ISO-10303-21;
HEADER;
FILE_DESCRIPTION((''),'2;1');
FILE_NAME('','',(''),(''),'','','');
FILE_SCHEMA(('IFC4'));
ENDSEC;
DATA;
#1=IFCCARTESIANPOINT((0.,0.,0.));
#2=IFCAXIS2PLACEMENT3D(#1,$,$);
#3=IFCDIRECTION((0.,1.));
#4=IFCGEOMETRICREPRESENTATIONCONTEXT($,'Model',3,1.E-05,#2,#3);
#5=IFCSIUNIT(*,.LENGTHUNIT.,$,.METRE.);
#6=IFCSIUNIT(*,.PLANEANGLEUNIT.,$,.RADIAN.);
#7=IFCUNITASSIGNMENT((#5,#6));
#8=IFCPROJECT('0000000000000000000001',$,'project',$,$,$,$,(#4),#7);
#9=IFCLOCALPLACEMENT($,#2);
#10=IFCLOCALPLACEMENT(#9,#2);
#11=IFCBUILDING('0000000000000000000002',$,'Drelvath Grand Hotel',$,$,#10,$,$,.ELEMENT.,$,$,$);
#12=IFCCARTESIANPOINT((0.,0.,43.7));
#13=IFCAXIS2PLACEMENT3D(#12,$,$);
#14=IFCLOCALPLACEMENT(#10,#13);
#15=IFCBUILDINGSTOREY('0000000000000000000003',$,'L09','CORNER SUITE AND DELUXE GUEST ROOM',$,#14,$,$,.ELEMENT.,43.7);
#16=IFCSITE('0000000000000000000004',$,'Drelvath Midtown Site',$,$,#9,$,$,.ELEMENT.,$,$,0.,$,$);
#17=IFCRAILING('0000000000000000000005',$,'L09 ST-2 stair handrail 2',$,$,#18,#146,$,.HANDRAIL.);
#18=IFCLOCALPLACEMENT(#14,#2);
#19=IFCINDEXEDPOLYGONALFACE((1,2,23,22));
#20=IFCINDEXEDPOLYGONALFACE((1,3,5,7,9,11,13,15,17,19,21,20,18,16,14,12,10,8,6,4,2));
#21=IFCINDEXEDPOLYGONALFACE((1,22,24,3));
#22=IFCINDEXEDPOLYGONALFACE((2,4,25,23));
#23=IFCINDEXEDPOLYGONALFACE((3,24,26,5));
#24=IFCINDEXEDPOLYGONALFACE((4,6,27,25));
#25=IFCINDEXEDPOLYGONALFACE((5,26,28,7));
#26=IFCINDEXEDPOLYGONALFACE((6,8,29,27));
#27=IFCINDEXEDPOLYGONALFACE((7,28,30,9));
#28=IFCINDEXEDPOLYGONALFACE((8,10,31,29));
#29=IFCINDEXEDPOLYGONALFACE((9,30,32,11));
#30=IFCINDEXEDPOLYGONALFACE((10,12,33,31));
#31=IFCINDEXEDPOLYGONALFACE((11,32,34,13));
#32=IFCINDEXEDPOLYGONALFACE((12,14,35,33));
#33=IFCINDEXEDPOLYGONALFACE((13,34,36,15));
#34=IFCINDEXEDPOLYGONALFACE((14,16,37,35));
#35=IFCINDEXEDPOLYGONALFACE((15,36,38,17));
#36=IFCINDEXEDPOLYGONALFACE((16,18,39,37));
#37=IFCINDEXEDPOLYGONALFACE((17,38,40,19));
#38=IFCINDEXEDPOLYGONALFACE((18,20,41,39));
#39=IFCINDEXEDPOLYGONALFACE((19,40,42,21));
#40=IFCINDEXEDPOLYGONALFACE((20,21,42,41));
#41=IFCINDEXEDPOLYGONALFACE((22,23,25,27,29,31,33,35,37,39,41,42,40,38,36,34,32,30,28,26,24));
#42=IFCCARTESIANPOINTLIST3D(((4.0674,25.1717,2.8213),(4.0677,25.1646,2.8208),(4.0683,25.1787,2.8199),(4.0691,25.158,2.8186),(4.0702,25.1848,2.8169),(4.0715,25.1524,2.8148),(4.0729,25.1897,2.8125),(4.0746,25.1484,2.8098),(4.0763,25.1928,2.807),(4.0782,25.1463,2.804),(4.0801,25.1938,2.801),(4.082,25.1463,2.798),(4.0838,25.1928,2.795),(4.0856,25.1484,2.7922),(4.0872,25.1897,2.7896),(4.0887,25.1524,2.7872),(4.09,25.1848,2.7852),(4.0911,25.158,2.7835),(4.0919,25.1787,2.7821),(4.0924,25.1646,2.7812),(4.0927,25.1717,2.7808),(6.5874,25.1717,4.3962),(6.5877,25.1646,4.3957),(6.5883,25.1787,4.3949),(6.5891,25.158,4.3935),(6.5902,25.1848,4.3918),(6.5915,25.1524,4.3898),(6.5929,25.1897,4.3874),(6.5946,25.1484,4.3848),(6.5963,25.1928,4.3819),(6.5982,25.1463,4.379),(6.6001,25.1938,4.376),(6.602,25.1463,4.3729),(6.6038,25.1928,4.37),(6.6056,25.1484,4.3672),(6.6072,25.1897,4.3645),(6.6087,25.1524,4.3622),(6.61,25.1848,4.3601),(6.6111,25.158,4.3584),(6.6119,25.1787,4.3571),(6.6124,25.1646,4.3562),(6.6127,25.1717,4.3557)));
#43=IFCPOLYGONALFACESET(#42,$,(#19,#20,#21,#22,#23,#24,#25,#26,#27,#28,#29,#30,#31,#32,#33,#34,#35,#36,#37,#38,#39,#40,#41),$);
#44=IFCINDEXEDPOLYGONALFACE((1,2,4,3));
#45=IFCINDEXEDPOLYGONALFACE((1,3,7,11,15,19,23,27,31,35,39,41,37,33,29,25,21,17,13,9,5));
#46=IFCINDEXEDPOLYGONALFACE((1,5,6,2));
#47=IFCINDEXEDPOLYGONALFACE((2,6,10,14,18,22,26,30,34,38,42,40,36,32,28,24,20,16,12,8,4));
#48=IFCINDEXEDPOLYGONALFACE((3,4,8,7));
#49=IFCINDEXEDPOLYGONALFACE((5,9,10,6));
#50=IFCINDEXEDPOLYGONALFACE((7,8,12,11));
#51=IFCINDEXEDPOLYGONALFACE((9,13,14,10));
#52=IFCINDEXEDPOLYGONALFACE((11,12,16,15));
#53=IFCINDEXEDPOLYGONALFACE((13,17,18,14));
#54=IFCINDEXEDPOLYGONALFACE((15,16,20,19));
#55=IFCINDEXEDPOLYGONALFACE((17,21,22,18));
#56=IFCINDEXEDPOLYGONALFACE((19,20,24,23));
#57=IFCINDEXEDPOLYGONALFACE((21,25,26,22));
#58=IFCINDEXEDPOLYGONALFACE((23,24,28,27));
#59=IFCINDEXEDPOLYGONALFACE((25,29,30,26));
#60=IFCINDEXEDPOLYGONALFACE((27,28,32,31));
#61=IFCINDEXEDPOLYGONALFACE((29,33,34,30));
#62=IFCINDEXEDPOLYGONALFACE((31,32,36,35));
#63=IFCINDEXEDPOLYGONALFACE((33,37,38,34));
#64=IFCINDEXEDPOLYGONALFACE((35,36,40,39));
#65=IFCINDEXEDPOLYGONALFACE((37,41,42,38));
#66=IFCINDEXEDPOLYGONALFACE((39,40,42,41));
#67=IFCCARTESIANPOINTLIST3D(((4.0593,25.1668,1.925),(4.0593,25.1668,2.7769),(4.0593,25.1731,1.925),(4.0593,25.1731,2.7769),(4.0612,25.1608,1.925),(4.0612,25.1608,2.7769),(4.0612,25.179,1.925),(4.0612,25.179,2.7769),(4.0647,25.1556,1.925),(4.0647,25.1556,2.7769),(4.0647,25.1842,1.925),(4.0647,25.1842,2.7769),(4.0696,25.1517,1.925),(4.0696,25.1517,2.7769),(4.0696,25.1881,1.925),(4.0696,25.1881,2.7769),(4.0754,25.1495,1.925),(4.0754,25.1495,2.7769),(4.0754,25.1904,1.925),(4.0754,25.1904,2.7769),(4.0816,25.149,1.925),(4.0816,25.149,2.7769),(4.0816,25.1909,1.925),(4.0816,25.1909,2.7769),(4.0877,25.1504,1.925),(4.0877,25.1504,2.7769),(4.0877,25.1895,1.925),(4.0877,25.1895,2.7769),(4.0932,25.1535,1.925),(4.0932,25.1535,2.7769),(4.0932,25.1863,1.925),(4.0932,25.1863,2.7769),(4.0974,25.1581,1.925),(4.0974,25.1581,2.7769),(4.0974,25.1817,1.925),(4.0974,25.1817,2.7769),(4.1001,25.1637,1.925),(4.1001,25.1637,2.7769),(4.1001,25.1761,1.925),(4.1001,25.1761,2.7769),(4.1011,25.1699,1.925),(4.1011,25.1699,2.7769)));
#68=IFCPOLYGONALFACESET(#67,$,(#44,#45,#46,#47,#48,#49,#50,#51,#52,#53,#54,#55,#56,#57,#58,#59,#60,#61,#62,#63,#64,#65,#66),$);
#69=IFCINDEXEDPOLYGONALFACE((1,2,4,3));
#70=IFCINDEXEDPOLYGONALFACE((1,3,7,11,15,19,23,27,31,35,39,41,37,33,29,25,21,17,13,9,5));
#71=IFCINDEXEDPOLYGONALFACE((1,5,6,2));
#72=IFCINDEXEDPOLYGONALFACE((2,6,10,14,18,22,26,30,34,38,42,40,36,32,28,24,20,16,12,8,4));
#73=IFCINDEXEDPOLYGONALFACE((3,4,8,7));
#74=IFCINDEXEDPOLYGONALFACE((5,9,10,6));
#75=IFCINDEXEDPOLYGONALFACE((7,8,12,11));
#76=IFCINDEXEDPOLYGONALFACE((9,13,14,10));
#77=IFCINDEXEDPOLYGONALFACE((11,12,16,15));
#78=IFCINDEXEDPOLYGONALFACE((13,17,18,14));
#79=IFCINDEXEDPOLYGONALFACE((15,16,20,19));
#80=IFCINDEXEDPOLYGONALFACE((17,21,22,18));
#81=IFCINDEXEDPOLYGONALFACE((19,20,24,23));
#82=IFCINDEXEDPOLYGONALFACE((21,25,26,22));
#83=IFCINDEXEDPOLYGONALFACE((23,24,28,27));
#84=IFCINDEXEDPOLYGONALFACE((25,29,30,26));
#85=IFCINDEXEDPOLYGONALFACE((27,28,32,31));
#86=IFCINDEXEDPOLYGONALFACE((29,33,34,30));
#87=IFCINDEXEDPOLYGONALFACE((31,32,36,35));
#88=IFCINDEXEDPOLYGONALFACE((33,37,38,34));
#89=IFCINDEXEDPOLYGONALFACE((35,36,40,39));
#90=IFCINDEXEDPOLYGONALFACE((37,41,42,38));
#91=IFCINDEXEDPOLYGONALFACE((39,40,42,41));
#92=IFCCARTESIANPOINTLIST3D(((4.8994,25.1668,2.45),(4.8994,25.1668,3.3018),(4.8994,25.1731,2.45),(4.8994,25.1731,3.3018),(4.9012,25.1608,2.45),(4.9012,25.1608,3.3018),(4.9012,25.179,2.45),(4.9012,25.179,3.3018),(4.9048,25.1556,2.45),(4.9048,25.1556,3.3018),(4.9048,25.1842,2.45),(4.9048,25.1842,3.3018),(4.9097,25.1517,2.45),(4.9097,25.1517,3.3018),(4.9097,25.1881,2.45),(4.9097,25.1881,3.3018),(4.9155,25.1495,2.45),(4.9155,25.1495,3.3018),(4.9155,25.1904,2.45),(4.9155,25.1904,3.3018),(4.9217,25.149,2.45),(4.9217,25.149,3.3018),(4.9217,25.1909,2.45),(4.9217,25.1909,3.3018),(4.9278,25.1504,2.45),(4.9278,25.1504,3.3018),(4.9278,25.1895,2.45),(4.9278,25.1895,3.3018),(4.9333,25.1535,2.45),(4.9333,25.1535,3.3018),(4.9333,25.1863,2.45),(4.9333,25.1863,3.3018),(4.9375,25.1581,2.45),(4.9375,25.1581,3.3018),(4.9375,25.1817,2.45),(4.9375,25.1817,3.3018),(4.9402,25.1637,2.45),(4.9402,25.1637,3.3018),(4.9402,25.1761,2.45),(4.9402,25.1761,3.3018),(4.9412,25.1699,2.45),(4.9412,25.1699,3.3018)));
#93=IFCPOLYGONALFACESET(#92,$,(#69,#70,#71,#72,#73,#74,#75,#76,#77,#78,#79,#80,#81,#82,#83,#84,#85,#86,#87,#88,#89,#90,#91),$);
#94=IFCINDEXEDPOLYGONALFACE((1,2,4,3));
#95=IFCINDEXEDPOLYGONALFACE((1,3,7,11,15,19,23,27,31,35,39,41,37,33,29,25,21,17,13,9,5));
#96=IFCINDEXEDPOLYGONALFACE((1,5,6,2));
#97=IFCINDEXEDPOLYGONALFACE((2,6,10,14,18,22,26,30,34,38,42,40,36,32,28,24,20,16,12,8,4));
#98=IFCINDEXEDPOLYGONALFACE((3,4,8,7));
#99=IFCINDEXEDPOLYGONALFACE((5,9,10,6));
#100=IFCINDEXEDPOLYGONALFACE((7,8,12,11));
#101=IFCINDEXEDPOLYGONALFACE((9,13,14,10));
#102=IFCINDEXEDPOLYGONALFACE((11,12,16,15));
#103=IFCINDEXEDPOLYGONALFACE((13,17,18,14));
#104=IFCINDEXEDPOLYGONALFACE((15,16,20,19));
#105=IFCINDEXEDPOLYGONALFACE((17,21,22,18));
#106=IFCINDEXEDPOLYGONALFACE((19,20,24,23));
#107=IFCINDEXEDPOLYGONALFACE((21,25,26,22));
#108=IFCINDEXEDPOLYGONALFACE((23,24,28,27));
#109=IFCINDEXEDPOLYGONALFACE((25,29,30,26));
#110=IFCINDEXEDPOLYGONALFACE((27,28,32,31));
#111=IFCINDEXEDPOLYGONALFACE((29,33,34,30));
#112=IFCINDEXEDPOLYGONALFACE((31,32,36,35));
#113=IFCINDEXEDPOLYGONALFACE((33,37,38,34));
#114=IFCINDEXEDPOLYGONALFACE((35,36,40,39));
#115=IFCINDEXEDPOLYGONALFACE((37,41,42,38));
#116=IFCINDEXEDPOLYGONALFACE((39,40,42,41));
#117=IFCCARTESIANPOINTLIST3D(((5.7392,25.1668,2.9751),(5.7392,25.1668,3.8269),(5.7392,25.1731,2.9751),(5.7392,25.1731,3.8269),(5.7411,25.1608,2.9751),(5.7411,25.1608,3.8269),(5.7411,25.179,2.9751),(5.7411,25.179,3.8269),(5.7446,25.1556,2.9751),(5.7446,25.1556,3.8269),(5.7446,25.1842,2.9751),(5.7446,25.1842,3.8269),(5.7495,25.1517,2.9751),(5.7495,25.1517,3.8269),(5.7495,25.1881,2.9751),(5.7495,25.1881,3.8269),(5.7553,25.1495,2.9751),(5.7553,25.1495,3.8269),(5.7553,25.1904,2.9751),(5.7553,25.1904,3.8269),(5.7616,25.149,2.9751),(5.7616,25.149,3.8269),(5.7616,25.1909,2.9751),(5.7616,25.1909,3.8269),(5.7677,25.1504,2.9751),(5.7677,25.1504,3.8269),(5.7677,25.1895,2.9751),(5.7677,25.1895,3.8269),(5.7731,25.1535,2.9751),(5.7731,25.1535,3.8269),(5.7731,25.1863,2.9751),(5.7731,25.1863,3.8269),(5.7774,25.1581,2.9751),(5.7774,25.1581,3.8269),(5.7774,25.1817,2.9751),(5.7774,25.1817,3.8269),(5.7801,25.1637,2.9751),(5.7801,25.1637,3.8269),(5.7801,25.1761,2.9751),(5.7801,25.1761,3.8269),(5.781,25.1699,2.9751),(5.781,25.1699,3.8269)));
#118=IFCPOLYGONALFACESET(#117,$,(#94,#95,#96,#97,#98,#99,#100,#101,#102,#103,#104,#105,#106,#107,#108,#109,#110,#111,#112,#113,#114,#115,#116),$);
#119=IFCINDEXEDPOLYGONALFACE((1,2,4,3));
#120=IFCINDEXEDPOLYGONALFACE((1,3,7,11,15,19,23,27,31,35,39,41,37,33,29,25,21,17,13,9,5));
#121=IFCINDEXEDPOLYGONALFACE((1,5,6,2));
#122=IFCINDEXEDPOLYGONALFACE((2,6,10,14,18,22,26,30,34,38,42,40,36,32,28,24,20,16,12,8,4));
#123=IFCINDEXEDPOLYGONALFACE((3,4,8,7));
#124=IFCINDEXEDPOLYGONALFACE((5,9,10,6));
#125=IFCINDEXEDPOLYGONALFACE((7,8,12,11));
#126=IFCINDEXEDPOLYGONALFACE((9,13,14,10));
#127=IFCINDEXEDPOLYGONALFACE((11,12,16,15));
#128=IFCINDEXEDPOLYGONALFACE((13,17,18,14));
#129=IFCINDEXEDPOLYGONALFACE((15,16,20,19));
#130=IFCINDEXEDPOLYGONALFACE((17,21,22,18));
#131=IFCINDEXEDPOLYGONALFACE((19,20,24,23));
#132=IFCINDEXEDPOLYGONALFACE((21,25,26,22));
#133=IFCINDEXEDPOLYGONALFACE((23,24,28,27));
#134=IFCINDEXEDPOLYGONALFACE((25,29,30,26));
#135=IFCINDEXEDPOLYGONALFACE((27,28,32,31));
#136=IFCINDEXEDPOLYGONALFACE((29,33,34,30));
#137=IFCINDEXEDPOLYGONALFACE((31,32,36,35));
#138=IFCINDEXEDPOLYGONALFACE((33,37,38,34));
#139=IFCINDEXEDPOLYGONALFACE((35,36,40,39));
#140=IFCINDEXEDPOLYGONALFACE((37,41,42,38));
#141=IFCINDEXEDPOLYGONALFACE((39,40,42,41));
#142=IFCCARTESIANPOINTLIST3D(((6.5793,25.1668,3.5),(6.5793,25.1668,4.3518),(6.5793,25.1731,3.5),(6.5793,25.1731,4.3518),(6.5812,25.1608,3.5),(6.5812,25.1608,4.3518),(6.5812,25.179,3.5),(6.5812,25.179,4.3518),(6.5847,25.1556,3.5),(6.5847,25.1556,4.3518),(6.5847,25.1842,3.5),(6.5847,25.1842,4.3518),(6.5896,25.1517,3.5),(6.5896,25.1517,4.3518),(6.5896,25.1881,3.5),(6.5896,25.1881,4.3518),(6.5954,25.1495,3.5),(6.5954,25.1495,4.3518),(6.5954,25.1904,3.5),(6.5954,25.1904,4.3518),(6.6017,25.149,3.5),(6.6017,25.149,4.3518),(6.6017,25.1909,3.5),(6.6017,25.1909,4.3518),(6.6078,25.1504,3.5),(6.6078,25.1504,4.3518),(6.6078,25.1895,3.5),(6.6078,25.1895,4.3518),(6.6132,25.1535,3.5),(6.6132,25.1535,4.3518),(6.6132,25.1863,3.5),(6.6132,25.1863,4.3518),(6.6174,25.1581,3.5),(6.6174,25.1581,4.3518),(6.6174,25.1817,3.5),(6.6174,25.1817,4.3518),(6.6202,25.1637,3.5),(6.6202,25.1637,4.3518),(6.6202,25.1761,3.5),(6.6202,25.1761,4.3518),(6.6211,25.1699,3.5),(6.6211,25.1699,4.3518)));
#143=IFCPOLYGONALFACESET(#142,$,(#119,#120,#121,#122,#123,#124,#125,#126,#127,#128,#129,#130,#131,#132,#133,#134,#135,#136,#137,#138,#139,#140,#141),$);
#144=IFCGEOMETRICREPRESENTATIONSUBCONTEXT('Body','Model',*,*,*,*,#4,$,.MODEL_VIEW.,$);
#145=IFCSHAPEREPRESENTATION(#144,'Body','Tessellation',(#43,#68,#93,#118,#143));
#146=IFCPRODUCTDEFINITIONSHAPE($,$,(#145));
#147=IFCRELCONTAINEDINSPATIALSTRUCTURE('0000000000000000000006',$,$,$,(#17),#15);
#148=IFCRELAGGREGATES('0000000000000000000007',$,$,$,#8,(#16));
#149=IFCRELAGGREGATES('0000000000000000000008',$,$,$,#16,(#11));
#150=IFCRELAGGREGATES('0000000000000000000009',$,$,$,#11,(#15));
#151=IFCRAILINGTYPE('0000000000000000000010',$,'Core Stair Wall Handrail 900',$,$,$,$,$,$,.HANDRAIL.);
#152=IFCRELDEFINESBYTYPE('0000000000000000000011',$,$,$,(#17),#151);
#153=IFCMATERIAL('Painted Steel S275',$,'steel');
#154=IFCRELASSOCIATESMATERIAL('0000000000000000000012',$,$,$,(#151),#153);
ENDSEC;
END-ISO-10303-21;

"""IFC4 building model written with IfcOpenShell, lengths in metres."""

from ifc_helpers import new_model, si_unit, direction, frame, origin, origin_2d, place, context, subcontext, project, spatial, circle, extrude, material, type_object, element, save


model = new_model("IFC4")

# Units and contexts
model_context = context("Model", 3, precision=1e-05, world=origin(), true_north=direction((0.0, 1.0)))
body_context = subcontext(model_context, "Body", "Model", "MODEL_VIEW")
ifc_project = project(units=[si_unit("LENGTHUNIT", "METRE"), si_unit("PLANEANGLEUNIT", "RADIAN")], contexts=[model_context])

# Site, building, storey
site_placement = place(None, origin())
site = spatial("IfcSite", under=ifc_project, at=site_placement, Name="Drelvath Midtown Site", CompositionType="ELEMENT", RefElevation=0.0)
building_placement = place(site_placement, origin())
building = spatial("IfcBuilding", under=site, at=building_placement, Name="Drelvath Grand Hotel", CompositionType="ELEMENT")
storey_placement = place(building_placement, frame((0.0, 0.0, 43.7)))
storey = spatial("IfcBuildingStorey", under=building, at=storey_placement, Name="L09", Description="CORNER SUITE AND DELUXE GUEST ROOM", CompositionType="ELEMENT", Elevation=43.7)

# Shared definitions
ifc_material_1 = material(Name="Painted Steel S275", Category="steel")

# Railing
railing_type_1 = type_object("IfcRailingType", Name="Core Stair Wall Handrail 900", PredefinedType="HANDRAIL", material=ifc_material_1)
railing_1_placement = place(storey_placement, frame((4.0801, 25.1699, 1.925)))
element("IfcRailing", 1, at=railing_1_placement, inside=storey, type_object=railing_type_1, Name="L09 ST-2 stair handrail 2", PredefinedType="HANDRAIL", context=body_context, shape_type="SweptSolid", body=[
    extrude(circle(Radius=0.0239, at=origin_2d()), frame((0.0, 0.0, 0.876), z_axis=(0.848008, 0.0, 0.529984), x_axis=(0.0, 1.0, 0.0)), (0.0, 0.0, 1.0), 2.9717),
    extrude(circle(Radius=0.021, at=origin_2d()), origin(), (0.0, 0.0, 1.0), 0.8518),
    extrude(circle(Radius=0.021, at=origin_2d()), frame((0.8401, 0.0, 0.5249)), (0.0, 0.0, 1.0), 0.8518),
    extrude(circle(Radius=0.021, at=origin_2d()), frame((1.6799, 0.0, 1.05)), (0.0, 0.0, 1.0), 0.8518),
    extrude(circle(Radius=0.021, at=origin_2d()), frame((2.52, 0.0, 1.575)), (0.0, 0.0, 1.0), 0.8518),
])

save(model, "model.ifc")
